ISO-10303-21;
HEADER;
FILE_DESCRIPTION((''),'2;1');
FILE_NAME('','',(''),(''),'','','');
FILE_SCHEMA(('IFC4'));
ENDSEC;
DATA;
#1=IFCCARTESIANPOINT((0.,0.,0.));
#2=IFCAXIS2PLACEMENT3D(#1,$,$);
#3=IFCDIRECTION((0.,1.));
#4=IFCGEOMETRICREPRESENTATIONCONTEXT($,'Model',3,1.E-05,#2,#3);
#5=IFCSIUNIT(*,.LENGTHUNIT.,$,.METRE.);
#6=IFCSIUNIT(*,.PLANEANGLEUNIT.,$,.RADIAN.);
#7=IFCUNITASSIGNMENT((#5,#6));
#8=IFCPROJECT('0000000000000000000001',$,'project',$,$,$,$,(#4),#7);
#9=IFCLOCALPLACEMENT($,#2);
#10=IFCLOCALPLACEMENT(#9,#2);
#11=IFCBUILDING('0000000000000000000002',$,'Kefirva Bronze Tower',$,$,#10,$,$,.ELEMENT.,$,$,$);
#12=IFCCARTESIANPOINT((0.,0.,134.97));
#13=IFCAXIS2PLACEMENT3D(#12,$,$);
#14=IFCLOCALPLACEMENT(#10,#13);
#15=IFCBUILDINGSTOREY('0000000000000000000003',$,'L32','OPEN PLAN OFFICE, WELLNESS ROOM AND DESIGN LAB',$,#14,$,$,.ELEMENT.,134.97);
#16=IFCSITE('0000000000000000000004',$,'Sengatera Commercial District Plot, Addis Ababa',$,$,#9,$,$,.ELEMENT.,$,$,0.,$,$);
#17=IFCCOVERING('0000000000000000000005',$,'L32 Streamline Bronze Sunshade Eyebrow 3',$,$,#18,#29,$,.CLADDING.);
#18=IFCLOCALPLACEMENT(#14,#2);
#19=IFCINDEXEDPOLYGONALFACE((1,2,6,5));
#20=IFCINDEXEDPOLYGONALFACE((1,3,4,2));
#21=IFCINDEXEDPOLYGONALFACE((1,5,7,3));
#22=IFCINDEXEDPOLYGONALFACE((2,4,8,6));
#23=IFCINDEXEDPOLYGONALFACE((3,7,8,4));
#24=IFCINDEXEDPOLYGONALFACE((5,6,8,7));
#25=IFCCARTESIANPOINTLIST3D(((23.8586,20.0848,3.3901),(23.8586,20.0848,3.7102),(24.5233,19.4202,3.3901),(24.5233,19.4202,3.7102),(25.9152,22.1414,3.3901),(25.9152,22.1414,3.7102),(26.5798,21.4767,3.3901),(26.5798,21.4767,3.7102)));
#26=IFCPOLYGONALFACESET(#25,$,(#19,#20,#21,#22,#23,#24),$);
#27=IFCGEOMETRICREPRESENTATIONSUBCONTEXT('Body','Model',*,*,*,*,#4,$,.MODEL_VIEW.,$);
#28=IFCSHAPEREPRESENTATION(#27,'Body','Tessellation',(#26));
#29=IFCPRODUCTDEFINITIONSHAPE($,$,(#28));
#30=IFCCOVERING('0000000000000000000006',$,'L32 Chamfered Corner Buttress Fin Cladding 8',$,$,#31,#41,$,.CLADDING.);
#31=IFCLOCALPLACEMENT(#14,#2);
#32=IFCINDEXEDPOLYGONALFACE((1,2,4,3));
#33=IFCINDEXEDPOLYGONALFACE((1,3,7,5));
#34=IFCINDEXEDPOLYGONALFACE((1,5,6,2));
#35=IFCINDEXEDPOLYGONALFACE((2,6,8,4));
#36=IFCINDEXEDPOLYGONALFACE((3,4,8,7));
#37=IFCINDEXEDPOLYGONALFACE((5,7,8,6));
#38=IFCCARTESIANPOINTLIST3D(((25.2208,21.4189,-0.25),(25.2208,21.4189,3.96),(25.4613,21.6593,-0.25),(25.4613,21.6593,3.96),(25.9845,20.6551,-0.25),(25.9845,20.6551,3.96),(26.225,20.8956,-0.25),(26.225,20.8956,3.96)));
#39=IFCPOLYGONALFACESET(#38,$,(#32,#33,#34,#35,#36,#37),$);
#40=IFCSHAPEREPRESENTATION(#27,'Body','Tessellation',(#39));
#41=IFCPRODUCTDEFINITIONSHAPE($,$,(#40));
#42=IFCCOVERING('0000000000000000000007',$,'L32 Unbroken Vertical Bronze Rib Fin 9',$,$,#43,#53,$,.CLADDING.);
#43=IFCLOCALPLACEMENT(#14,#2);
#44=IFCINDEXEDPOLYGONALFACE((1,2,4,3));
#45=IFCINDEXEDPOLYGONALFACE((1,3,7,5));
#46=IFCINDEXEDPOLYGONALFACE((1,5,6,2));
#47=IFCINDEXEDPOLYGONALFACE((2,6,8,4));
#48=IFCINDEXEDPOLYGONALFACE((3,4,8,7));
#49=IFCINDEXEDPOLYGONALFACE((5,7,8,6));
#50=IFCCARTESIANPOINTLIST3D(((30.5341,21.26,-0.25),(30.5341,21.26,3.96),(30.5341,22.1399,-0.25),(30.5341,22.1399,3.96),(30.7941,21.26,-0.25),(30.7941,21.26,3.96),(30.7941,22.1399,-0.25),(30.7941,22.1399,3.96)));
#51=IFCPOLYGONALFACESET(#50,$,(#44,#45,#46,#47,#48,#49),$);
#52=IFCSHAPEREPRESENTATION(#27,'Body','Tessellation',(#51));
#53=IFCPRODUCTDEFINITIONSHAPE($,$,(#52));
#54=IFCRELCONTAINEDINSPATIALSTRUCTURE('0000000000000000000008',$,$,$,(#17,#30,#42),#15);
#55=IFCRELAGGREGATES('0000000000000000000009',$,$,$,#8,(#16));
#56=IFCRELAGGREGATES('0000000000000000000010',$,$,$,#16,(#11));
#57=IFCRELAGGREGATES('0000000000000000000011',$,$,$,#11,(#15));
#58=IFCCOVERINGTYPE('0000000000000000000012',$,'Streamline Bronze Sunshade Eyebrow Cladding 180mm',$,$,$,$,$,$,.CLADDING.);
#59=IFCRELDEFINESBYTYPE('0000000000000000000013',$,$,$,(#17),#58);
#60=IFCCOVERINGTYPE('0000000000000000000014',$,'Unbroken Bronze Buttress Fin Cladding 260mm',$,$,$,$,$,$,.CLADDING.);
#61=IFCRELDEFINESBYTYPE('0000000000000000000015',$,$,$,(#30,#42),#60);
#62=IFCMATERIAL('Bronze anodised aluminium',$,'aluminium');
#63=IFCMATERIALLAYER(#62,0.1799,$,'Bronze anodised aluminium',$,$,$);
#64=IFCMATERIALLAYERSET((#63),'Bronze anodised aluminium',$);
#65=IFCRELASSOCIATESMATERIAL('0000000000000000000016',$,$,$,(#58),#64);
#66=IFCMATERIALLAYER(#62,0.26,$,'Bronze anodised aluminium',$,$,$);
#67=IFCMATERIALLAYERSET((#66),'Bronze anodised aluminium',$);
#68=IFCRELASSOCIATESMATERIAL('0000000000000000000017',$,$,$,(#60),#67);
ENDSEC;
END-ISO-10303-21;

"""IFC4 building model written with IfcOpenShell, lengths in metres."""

from ifc_helpers import new_model, si_unit, direction, frame, origin, origin_2d, place, context, subcontext, project, spatial, rectangle, extrude, material, layer, layer_set, type_object, element, save


model = new_model("IFC4")

# Units and contexts
model_context = context("Model", 3, precision=1e-05, world=origin(), true_north=direction((0.0, 1.0)))
body_context = subcontext(model_context, "Body", "Model", "MODEL_VIEW")
ifc_project = project(units=[si_unit("LENGTHUNIT", "METRE"), si_unit("PLANEANGLEUNIT", "RADIAN")], contexts=[model_context])

# Site, building, storey
site_placement = place(None, origin())
site = spatial("IfcSite", under=ifc_project, at=site_placement, Name="Sengatera Commercial District Plot, Addis Ababa", CompositionType="ELEMENT", RefElevation=0.0)
building_placement = place(site_placement, origin())
building = spatial("IfcBuilding", under=site, at=building_placement, Name="Kefirva Bronze Tower", CompositionType="ELEMENT")
storey_placement = place(building_placement, frame((0.0, 0.0, 134.97)))
storey = spatial("IfcBuildingStorey", under=building, at=storey_placement, Name="L32", Description="OPEN PLAN OFFICE, WELLNESS ROOM AND DESIGN LAB", CompositionType="ELEMENT", Elevation=134.97)

# Shared definitions
ifc_material_1 = material(Name="Bronze anodised aluminium", Category="aluminium")

# Coverings
ifc_layer_1 = layer(ifc_material_1, 0.1799, Name="Bronze anodised aluminium")
ifc_layer_set_1 = layer_set([ifc_layer_1], Name="Bronze anodised aluminium")
covering_type_1 = type_object("IfcCoveringType", Name="Streamline Bronze Sunshade Eyebrow Cladding 180mm", PredefinedType="CLADDING", material=ifc_layer_set_1)
covering_1_placement = place(storey_placement, frame((25.2192, 20.7808, 3.3901), z_axis=(0.0, 0.0, 1.0), x_axis=(0.707107, 0.707107, 0.0)))
element("IfcCovering", 1, at=covering_1_placement, inside=storey, type_object=covering_type_1, Name="L32 Streamline Bronze Sunshade Eyebrow 3", PredefinedType="CLADDING", context=body_context, shape_type="SweptSolid", body=[
    extrude(rectangle(XDim=2.9084, YDim=0.9399, at=origin_2d()), origin(), (0.0, 0.0, 1.0), 0.3201),
])
ifc_layer_2 = layer(ifc_material_1, 0.26, Name="Bronze anodised aluminium")
ifc_layer_set_2 = layer_set([ifc_layer_2], Name="Bronze anodised aluminium")
covering_type_2 = type_object("IfcCoveringType", Name="Unbroken Bronze Buttress Fin Cladding 260mm", PredefinedType="CLADDING", material=ifc_layer_set_2)
covering_2_placement = place(storey_placement, frame((25.7229, 21.1572, -0.25), z_axis=(0.0, 0.0, 1.0), x_axis=(0.707107, 0.707107, 0.0)))
element("IfcCovering", 2, at=covering_2_placement, inside=storey, type_object=covering_type_2, Name="L32 Chamfered Corner Buttress Fin Cladding 8", PredefinedType="CLADDING", context=body_context, shape_type="SweptSolid", body=[
    extrude(rectangle(XDim=0.3401, YDim=1.0801, at=origin_2d()), origin(), (0.0, 0.0, 1.0), 4.21),
])
covering_3_placement = place(storey_placement, frame((30.6641, 21.7, -0.25), z_axis=(0.0, 0.0, 1.0), x_axis=(1.0, 0.0, 0.0)))
element("IfcCovering", 3, at=covering_3_placement, inside=storey, type_object=covering_type_2, Name="L32 Unbroken Vertical Bronze Rib Fin 9", PredefinedType="CLADDING", context=body_context, shape_type="SweptSolid", body=[
    extrude(rectangle(XDim=0.26, YDim=0.8799, at=origin_2d()), origin(), (0.0, 0.0, 1.0), 4.21),
])

save(model, "model.ifc")
